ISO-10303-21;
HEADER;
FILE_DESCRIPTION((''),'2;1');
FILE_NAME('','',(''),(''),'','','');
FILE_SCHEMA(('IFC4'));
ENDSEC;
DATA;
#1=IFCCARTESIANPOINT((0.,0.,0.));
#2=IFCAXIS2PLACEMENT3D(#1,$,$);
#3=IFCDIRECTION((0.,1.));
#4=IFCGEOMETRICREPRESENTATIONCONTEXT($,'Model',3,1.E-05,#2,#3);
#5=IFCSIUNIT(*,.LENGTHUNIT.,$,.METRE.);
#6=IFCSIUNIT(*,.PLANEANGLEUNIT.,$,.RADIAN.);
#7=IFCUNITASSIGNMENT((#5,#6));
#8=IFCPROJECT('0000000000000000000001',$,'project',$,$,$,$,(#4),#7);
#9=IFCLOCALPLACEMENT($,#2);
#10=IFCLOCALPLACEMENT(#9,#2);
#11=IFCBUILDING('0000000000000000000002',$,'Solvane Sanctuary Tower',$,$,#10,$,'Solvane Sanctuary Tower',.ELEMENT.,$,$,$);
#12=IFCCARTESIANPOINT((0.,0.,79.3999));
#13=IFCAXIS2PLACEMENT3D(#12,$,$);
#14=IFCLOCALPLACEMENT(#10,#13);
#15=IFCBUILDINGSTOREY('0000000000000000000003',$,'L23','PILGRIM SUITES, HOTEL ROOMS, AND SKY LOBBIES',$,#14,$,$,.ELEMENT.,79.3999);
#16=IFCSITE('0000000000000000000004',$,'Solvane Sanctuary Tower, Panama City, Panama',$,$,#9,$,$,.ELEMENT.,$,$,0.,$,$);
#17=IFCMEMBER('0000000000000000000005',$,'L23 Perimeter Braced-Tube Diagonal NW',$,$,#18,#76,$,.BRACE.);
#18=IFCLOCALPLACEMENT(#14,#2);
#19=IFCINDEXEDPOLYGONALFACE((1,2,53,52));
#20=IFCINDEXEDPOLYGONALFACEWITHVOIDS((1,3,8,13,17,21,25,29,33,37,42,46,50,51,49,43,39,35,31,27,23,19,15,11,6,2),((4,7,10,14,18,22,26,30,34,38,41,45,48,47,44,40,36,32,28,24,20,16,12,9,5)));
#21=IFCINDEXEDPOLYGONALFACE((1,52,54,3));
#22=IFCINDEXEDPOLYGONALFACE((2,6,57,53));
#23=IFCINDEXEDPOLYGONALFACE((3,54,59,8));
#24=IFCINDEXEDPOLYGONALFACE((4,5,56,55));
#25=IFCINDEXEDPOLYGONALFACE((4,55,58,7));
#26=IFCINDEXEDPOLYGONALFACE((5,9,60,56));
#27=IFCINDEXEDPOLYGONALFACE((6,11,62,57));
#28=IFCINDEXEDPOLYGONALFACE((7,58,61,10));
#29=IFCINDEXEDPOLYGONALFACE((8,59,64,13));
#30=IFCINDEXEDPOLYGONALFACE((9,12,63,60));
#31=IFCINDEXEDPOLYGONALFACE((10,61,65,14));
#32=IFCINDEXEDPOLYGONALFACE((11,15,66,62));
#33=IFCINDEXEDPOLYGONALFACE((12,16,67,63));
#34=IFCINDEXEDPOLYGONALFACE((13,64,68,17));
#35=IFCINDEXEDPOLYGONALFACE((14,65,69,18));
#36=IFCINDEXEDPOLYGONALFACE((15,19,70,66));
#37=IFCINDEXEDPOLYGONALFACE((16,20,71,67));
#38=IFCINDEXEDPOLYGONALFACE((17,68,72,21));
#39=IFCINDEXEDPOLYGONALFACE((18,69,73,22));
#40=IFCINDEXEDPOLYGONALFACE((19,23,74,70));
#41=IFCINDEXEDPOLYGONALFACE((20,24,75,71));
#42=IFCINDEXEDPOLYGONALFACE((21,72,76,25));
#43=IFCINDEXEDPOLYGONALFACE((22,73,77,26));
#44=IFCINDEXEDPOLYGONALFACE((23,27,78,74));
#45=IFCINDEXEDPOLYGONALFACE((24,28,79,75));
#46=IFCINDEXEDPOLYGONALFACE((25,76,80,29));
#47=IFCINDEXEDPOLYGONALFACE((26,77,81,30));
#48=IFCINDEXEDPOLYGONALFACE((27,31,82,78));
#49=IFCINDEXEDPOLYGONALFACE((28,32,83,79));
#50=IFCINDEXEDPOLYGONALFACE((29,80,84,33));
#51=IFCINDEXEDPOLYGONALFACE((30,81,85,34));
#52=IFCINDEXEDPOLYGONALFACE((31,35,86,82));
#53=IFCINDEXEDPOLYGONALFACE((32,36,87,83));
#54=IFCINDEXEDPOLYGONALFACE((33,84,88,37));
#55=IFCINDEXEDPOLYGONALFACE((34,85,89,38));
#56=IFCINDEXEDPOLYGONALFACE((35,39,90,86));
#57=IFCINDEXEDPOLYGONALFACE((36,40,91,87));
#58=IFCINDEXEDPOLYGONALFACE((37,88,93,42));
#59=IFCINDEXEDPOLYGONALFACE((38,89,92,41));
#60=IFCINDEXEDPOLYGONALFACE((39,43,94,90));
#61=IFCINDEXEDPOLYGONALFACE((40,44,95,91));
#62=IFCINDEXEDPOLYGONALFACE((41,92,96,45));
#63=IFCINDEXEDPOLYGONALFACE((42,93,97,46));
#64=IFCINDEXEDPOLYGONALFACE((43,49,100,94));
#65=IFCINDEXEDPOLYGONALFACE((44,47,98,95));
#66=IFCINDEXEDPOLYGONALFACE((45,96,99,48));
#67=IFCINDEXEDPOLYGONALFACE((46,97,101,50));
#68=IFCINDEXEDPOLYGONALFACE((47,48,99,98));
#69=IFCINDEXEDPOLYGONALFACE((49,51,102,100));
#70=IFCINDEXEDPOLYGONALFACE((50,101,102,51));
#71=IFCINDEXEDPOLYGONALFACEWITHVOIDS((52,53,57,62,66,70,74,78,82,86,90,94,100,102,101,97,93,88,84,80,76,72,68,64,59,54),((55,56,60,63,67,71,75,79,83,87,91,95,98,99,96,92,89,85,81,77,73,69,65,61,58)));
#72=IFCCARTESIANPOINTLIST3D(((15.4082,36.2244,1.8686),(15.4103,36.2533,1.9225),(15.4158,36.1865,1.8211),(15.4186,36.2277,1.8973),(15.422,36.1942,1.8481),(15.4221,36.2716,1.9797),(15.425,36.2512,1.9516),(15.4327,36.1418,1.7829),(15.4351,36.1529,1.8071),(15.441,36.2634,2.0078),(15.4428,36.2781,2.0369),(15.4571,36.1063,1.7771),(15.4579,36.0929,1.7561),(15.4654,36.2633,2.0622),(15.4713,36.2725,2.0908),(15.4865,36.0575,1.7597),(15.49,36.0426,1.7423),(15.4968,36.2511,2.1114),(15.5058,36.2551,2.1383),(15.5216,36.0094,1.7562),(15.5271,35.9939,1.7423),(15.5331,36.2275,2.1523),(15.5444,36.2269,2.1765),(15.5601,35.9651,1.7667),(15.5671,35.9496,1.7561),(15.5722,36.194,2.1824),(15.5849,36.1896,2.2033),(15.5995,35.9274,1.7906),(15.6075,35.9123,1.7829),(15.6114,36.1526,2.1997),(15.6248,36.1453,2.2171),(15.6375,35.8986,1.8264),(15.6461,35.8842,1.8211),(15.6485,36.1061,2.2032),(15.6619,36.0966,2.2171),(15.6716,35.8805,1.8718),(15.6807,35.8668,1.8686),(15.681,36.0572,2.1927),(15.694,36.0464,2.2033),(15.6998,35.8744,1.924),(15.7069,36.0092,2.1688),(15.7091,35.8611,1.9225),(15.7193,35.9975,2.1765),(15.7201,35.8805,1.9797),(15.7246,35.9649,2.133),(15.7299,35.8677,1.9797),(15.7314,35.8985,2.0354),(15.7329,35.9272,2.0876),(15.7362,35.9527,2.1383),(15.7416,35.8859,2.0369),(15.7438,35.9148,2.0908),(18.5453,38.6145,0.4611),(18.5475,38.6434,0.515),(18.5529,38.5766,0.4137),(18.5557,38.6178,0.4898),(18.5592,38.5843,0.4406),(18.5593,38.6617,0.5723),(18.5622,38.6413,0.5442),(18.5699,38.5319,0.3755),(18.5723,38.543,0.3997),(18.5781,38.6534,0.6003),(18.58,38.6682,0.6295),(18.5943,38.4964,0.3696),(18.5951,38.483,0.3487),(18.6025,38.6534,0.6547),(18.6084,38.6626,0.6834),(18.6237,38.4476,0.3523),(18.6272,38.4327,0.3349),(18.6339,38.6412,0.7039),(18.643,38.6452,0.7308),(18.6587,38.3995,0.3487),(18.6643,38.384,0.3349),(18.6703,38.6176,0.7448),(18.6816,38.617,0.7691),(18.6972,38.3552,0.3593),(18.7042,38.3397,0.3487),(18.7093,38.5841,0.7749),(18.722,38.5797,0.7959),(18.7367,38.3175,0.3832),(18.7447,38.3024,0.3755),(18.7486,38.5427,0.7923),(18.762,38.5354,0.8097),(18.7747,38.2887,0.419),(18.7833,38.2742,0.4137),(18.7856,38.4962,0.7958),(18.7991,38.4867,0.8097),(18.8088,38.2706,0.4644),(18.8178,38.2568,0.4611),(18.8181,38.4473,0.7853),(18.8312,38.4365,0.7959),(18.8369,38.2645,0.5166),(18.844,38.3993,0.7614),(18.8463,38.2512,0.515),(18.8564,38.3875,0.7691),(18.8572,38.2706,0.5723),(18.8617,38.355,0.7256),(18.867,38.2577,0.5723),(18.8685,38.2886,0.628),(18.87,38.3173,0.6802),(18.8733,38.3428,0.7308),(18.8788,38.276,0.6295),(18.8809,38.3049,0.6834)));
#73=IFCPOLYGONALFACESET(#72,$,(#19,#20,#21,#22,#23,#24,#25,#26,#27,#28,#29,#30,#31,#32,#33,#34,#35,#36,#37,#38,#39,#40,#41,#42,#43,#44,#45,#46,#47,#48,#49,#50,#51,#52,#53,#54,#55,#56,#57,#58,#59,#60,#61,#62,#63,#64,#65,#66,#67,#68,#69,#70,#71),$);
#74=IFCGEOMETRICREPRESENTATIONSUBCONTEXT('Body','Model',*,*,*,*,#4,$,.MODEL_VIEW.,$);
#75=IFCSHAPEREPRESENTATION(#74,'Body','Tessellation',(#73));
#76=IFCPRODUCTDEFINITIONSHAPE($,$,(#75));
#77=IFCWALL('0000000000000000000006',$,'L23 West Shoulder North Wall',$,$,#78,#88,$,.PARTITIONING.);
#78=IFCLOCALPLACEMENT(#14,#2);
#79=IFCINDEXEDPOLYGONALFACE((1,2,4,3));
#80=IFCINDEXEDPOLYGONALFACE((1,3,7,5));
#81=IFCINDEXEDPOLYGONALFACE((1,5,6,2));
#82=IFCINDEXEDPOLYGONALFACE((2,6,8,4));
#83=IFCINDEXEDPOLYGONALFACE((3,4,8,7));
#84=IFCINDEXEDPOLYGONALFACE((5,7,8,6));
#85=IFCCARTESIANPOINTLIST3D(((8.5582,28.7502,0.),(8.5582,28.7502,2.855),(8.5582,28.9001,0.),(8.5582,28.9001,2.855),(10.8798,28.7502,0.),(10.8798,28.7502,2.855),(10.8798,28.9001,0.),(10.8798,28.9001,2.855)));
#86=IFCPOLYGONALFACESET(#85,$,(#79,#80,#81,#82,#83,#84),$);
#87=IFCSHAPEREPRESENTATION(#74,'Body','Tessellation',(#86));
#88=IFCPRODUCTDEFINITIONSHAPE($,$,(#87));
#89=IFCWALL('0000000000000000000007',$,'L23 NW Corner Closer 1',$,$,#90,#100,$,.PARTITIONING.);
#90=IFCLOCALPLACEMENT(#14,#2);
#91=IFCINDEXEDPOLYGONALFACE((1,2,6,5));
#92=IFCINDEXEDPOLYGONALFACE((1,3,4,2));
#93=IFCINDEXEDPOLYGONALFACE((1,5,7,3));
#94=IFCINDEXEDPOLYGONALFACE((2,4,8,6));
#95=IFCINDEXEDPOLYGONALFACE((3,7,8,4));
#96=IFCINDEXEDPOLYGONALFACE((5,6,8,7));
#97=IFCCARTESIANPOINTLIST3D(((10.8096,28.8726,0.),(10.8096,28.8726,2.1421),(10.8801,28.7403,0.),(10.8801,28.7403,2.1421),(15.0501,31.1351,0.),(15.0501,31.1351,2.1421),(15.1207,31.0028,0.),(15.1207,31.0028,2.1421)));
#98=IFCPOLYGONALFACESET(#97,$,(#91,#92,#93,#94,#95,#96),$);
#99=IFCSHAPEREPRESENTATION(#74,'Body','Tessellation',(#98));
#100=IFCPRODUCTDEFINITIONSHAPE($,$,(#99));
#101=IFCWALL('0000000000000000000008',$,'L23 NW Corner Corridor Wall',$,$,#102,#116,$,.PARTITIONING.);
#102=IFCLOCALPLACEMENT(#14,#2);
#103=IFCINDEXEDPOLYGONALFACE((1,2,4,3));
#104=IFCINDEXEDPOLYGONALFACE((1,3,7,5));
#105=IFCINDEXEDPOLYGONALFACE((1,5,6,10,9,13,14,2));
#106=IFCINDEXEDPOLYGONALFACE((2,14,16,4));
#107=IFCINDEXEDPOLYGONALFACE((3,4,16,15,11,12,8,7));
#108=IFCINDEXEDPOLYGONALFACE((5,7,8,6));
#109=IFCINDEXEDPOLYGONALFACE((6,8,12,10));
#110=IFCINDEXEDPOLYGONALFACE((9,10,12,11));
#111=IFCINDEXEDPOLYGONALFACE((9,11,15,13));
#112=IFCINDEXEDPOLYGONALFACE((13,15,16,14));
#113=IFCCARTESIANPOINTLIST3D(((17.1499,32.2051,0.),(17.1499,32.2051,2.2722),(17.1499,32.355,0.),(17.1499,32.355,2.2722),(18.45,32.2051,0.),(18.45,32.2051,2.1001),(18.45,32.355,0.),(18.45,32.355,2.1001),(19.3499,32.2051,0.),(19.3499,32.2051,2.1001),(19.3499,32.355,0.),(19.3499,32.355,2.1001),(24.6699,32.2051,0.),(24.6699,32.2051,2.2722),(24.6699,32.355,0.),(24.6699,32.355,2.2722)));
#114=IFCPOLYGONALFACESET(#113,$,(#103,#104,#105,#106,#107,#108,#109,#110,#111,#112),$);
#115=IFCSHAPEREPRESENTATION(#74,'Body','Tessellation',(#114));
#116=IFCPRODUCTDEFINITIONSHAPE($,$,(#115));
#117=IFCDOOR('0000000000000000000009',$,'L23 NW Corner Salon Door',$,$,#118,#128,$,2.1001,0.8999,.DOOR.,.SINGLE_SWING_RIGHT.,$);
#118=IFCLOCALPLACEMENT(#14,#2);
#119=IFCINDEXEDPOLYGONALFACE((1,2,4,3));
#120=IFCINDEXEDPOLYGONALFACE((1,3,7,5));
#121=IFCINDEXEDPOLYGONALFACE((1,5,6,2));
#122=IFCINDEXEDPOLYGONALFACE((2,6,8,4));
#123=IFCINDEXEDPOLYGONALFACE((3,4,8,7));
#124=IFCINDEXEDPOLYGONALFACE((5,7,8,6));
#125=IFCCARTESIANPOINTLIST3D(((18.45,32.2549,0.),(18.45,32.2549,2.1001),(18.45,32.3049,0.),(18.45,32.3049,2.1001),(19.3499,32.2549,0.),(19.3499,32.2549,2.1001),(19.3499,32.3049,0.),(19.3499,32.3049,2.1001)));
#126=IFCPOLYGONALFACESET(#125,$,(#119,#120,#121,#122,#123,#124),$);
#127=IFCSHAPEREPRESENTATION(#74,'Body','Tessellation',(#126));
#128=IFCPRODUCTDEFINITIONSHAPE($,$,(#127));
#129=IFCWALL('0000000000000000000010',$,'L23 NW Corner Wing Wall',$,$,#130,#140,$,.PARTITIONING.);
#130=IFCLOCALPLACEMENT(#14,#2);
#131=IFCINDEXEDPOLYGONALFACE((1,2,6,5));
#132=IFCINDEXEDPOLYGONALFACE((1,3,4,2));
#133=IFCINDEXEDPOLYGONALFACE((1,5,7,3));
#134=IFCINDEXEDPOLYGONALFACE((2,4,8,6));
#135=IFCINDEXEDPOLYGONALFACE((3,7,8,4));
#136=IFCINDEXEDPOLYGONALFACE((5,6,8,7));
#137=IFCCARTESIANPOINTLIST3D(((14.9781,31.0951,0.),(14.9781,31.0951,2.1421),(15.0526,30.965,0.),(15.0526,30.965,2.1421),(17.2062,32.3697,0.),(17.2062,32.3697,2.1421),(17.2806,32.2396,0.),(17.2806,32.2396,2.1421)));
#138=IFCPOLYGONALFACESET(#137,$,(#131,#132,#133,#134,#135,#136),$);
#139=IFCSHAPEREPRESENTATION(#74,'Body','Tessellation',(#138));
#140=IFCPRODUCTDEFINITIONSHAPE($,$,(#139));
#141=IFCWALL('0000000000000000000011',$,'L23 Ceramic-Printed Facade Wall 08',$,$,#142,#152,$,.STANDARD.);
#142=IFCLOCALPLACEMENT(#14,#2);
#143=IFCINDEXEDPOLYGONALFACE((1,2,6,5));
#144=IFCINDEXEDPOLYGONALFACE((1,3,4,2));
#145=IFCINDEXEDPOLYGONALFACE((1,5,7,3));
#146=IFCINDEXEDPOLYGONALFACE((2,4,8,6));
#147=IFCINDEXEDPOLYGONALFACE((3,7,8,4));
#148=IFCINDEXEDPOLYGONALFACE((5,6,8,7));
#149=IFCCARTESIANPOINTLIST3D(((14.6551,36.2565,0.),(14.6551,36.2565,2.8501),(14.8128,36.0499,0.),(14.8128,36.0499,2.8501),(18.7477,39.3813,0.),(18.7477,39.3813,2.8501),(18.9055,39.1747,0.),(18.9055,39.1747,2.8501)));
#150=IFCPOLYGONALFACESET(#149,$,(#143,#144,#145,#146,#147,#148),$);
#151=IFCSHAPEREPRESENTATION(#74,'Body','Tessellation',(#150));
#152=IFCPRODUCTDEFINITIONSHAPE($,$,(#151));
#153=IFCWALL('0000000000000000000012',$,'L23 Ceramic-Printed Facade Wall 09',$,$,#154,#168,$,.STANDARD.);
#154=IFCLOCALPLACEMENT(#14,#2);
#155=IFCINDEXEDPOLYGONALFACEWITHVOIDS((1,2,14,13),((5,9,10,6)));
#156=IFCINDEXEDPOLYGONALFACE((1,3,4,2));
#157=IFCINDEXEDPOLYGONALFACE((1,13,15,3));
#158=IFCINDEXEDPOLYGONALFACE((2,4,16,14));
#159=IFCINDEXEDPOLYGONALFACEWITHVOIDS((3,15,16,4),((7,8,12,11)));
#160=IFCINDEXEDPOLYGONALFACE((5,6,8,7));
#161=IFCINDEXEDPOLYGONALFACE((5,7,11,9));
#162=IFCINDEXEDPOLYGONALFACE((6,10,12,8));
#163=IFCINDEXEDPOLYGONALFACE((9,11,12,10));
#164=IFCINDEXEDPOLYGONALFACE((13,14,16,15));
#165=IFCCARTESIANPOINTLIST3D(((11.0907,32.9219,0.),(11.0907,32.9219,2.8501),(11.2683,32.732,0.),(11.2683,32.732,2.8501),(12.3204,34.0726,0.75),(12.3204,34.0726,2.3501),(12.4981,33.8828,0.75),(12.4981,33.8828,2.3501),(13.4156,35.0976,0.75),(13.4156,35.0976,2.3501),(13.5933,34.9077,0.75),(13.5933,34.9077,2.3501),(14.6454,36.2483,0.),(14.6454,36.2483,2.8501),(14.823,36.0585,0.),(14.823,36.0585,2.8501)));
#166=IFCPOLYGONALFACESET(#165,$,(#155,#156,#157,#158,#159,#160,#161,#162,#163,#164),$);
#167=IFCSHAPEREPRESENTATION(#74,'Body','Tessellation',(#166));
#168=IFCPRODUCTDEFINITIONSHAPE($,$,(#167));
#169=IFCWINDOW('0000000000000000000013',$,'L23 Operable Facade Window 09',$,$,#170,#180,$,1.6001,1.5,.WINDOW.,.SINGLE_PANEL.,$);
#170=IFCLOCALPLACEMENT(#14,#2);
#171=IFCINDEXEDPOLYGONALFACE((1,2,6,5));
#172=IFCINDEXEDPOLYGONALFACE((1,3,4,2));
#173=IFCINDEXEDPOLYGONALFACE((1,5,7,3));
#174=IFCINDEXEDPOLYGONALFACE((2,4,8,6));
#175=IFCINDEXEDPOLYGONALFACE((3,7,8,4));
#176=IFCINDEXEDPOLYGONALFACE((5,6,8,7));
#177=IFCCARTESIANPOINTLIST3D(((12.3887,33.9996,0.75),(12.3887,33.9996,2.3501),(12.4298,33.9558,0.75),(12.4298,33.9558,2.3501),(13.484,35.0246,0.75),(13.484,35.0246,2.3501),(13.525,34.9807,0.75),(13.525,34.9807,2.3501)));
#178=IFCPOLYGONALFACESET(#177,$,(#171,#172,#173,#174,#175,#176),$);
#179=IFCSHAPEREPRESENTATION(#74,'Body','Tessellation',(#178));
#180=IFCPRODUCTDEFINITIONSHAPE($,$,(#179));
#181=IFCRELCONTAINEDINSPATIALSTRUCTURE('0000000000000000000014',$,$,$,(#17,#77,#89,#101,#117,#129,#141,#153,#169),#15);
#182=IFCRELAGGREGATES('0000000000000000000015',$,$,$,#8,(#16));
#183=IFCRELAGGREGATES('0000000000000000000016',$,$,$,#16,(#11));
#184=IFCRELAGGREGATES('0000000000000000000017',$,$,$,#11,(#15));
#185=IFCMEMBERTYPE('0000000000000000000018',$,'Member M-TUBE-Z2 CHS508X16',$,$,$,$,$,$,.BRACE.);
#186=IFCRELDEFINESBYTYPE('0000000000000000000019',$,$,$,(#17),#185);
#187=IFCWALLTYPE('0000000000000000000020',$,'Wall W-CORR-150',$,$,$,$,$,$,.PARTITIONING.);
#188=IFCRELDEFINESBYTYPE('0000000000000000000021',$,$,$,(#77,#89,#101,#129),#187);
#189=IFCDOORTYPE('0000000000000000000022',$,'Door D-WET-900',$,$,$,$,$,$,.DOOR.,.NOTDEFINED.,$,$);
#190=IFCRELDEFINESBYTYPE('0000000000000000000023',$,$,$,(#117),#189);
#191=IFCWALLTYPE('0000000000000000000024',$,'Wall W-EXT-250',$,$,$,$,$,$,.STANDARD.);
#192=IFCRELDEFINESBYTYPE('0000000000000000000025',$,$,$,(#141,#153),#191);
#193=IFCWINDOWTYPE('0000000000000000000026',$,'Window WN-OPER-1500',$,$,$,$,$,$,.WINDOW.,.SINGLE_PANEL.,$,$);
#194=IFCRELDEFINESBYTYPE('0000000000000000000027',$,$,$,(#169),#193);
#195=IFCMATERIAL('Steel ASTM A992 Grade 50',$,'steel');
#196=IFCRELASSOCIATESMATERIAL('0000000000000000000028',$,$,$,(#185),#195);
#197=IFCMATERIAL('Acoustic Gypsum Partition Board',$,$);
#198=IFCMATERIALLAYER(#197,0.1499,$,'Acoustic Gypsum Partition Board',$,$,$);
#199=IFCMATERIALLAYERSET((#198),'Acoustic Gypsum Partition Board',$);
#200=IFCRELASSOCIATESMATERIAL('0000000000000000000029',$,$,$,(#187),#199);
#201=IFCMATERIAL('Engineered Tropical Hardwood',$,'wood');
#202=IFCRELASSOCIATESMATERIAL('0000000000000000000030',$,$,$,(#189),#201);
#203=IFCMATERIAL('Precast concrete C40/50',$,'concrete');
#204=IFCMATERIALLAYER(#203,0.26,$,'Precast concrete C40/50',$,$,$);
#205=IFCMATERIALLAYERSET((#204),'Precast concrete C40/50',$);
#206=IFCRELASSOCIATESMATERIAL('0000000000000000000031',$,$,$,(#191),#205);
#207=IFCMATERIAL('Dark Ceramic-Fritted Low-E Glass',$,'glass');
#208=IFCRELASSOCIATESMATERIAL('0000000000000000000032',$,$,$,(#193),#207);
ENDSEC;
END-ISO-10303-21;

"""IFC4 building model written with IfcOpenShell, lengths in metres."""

from ifc_helpers import new_model, si_unit, direction, frame, frame_2d, origin, origin_2d, place, context, subcontext, project, spatial, rectangle, hollow_circle, extrude, material, layer, layer_set, material_profile, profile_set, type_object, element, fill, save


model = new_model("IFC4")

# Units and contexts
model_context = context("Model", 3, precision=1e-05, world=origin(), true_north=direction((0.0, 1.0)))
body_context = subcontext(model_context, "Body", "Model", "MODEL_VIEW")
ifc_project = project(units=[si_unit("LENGTHUNIT", "METRE"), si_unit("PLANEANGLEUNIT", "RADIAN")], contexts=[model_context])

# Site, building, storey
site_placement = place(None, origin())
site = spatial("IfcSite", under=ifc_project, at=site_placement, Name="Solvane Sanctuary Tower, Panama City, Panama", CompositionType="ELEMENT", RefElevation=0.0)
building_placement = place(site_placement, origin())
building = spatial("IfcBuilding", under=site, at=building_placement, Name="Solvane Sanctuary Tower", LongName="Solvane Sanctuary Tower", CompositionType="ELEMENT")
storey_placement = place(building_placement, frame((0.0, 0.0, 79.3999)))
storey = spatial("IfcBuildingStorey", under=building, at=storey_placement, Name="L23", Description="PILGRIM SUITES, HOTEL ROOMS, AND SKY LOBBIES", CompositionType="ELEMENT", Elevation=79.3999)

# Shared definitions
ifc_material_1 = material(Name="Steel ASTM A992 Grade 50", Category="steel")

# Member
ifc_material_profile_1 = material_profile(ifc_material_1, hollow_circle(Radius=0.2539, WallThickness=0.0161, at=origin_2d()), Name="CHS508X16")
ifc_profile_set_1 = profile_set([ifc_material_profile_1], Name="Steel ASTM A992 Grade 50")
member_type = type_object("IfcMemberType", Name="Member M-TUBE-Z2 CHS508X16", PredefinedType="BRACE", material=ifc_profile_set_1)
member_placement = place(storey_placement, frame((18.7131, 38.4597, 0.5723), z_axis=(-0.74917, -0.570769, 0.336106), x_axis=(0.606025, -0.795446, 0.0)))
element("IfcMember", 1, at=member_placement, inside=storey, type_object=member_type, Name="L23 Perimeter Braced-Tube Diagonal NW", PredefinedType="BRACE", context=body_context, shape_type="SweptSolid", body=[
    extrude(hollow_circle(Radius=0.2539, WallThickness=0.0161, at=origin_2d()), origin(), (0.0, 0.0, 1.0), 4.1875),
])

# Walls
ifc_material_2 = material(Name="Acoustic Gypsum Partition Board")
ifc_layer_1 = layer(ifc_material_2, 0.1499, Name="Acoustic Gypsum Partition Board")
ifc_layer_set_1 = layer_set([ifc_layer_1], Name="Acoustic Gypsum Partition Board")
wall_type_1 = type_object("IfcWallType", Name="Wall W-CORR-150", PredefinedType="PARTITIONING", material=ifc_layer_set_1)
wall_1_placement = place(storey_placement, frame((8.5583, 28.8252, 0.0), z_axis=(0.0, 0.0, 1.0), x_axis=(1.0, 0.0, 0.0)))
element("IfcWall", 2, at=wall_1_placement, inside=storey, type_object=wall_type_1, Name="L23 West Shoulder North Wall", PredefinedType="PARTITIONING", context=body_context, shape_type="SweptSolid", body=[
    extrude(rectangle(XDim=2.3215, YDim=0.1499, at=frame_2d((1.1606, 0.0))), origin(), (0.0, 0.0, 1.0), 2.855),
])
wall_2_placement = place(storey_placement, frame((10.8447, 28.8064, 0.0), z_axis=(0.0, 0.0, 1.0), x_axis=(0.882278, 0.470728, 0.0)))
element("IfcWall", 3, at=wall_2_placement, inside=storey, type_object=wall_type_1, Name="L23 NW Corner Closer 1", PredefinedType="PARTITIONING", context=body_context, shape_type="SweptSolid", body=[
    extrude(rectangle(XDim=4.8064, YDim=0.1499, at=frame_2d((2.4033, 0.0))), origin(), (0.0, 0.0, 1.0), 2.1421),
])

# Wall, opening, door
wall_3_placement = place(storey_placement, frame((17.1499, 32.28, 0.0), z_axis=(0.0, 0.0, 1.0), x_axis=(1.0, 0.0, 0.0)))
wall_3 = element("IfcWall", 4, at=wall_3_placement, inside=storey, type_object=wall_type_1, Name="L23 NW Corner Corridor Wall", PredefinedType="PARTITIONING", context=body_context, shape_type="SweptSolid", body=[
    extrude(rectangle(XDim=7.52, YDim=0.1499, at=frame_2d((3.76, 0.0))), origin(), (0.0, 0.0, 1.0), 2.2722),
])
opening_1_placement = place(wall_3_placement, frame((1.3, 0.0, 0.0)))
opening_1 = element("IfcOpeningElement", 5, at=opening_1_placement, cuts=wall_3, PredefinedType="OPENING", context=body_context, shape_type="SweptSolid", body=[
    extrude(rectangle(XDim=0.8999, YDim=2.1001, at=frame_2d((0.45, 1.05))), frame((0.0, 0.085, 0.0), z_axis=(0.0, -1.0, 0.0), x_axis=(1.0, 0.0, 0.0)), (0.0, 0.0, 1.0), 0.1699),
])
ifc_material_3 = material(Name="Engineered Tropical Hardwood", Category="wood")
door_type_1 = type_object("IfcDoorType", Name="Door D-WET-900", OperationType="NOTDEFINED", PredefinedType="DOOR", material=ifc_material_3)
door_1_placement = place(opening_1_placement, origin())
door_1 = element("IfcDoor", 6, at=door_1_placement, inside=storey, type_object=door_type_1, Name="L23 NW Corner Salon Door", OperationType="SINGLE_SWING_RIGHT", OverallHeight=2.1001, OverallWidth=0.8999, PredefinedType="DOOR", context=body_context, shape_type="SweptSolid", body=[
    extrude(rectangle(XDim=0.8999, YDim=2.1001, at=frame_2d((0.45, 1.05))), frame((0.0, 0.0249, 0.0), z_axis=(0.0, -1.0, 0.0), x_axis=(1.0, 0.0, 0.0)), (0.0, 0.0, 1.0), 0.05),
])
fill(opening_1, door_1)

# Walls
wall_4_placement = place(storey_placement, frame((17.2434, 32.3047, 0.0), z_axis=(0.0, 0.0, 1.0), x_axis=(-0.867991, -0.496579, 0.0)))
element("IfcWall", 7, at=wall_4_placement, inside=storey, type_object=wall_type_1, Name="L23 NW Corner Wing Wall", PredefinedType="PARTITIONING", context=body_context, shape_type="SweptSolid", body=[
    extrude(rectangle(XDim=2.5669, YDim=0.1499, at=frame_2d((1.2834, 0.0))), origin(), (0.0, 0.0, 1.0), 2.1421),
])
ifc_material_4 = material(Name="Precast concrete C40/50", Category="concrete")
ifc_layer_2 = layer(ifc_material_4, 0.26, Name="Precast concrete C40/50")
ifc_layer_set_2 = layer_set([ifc_layer_2], Name="Precast concrete C40/50")
wall_type_2 = type_object("IfcWallType", Name="Wall W-EXT-250", PredefinedType="STANDARD", material=ifc_layer_set_2)
wall_5_placement = place(storey_placement, frame((18.8267, 39.2781, 0.0), z_axis=(0.0, 0.0, 1.0), x_axis=(-0.79481, -0.606859, 0.0)))
element("IfcWall", 8, at=wall_5_placement, inside=storey, type_object=wall_type_2, Name="L23 Ceramic-Printed Facade Wall 08", PredefinedType="STANDARD", context=body_context, shape_type="SweptSolid", body=[
    extrude(rectangle(XDim=5.1492, YDim=0.26, at=frame_2d((2.5747, 0.0))), origin(), (0.0, 0.0, 1.0), 2.8501),
])

# Wall, opening, window
wall_6_placement = place(storey_placement, frame((14.7341, 36.1533, 0.0), z_axis=(0.0, 0.0, 1.0), x_axis=(-0.730162, -0.683274, 0.0)))
wall_6 = element("IfcWall", 9, at=wall_6_placement, inside=storey, type_object=wall_type_2, Name="L23 Ceramic-Printed Facade Wall 09", PredefinedType="STANDARD", context=body_context, shape_type="SweptSolid", body=[
    extrude(rectangle(XDim=4.8684, YDim=0.26, at=frame_2d((2.4341, 0.0))), origin(), (0.0, 0.0, 1.0), 2.8501),
])
opening_2_placement = place(wall_6_placement, frame((1.6841, 0.0, 0.75)))
opening_2 = element("IfcOpeningElement", 10, at=opening_2_placement, cuts=wall_6, PredefinedType="OPENING", context=body_context, shape_type="SweptSolid", body=[
    extrude(rectangle(XDim=1.5, YDim=1.6001, at=frame_2d((0.75, 0.8))), frame((0.0, 0.1399, 0.0), z_axis=(0.0, -1.0, 0.0), x_axis=(1.0, 0.0, 0.0)), (0.0, 0.0, 1.0), 0.28),
])
ifc_material_5 = material(Name="Dark Ceramic-Fritted Low-E Glass", Category="glass")
window_type_1 = type_object("IfcWindowType", Name="Window WN-OPER-1500", PartitioningType="SINGLE_PANEL", PredefinedType="WINDOW", material=ifc_material_5)
window_1_placement = place(opening_2_placement, origin())
window_1 = element("IfcWindow", 11, at=window_1_placement, inside=storey, type_object=window_type_1, Name="L23 Operable Facade Window 09", OverallHeight=1.6001, OverallWidth=1.5, PartitioningType="SINGLE_PANEL", PredefinedType="WINDOW", context=body_context, shape_type="SweptSolid", body=[
    extrude(rectangle(XDim=1.5, YDim=1.6001, at=frame_2d((0.75, 0.8))), frame((0.0, 0.03, 0.0), z_axis=(0.0, -1.0, 0.0), x_axis=(1.0, 0.0, 0.0)), (0.0, 0.0, 1.0), 0.0601),
])
fill(opening_2, window_1)

save(model, "model.ifc")
